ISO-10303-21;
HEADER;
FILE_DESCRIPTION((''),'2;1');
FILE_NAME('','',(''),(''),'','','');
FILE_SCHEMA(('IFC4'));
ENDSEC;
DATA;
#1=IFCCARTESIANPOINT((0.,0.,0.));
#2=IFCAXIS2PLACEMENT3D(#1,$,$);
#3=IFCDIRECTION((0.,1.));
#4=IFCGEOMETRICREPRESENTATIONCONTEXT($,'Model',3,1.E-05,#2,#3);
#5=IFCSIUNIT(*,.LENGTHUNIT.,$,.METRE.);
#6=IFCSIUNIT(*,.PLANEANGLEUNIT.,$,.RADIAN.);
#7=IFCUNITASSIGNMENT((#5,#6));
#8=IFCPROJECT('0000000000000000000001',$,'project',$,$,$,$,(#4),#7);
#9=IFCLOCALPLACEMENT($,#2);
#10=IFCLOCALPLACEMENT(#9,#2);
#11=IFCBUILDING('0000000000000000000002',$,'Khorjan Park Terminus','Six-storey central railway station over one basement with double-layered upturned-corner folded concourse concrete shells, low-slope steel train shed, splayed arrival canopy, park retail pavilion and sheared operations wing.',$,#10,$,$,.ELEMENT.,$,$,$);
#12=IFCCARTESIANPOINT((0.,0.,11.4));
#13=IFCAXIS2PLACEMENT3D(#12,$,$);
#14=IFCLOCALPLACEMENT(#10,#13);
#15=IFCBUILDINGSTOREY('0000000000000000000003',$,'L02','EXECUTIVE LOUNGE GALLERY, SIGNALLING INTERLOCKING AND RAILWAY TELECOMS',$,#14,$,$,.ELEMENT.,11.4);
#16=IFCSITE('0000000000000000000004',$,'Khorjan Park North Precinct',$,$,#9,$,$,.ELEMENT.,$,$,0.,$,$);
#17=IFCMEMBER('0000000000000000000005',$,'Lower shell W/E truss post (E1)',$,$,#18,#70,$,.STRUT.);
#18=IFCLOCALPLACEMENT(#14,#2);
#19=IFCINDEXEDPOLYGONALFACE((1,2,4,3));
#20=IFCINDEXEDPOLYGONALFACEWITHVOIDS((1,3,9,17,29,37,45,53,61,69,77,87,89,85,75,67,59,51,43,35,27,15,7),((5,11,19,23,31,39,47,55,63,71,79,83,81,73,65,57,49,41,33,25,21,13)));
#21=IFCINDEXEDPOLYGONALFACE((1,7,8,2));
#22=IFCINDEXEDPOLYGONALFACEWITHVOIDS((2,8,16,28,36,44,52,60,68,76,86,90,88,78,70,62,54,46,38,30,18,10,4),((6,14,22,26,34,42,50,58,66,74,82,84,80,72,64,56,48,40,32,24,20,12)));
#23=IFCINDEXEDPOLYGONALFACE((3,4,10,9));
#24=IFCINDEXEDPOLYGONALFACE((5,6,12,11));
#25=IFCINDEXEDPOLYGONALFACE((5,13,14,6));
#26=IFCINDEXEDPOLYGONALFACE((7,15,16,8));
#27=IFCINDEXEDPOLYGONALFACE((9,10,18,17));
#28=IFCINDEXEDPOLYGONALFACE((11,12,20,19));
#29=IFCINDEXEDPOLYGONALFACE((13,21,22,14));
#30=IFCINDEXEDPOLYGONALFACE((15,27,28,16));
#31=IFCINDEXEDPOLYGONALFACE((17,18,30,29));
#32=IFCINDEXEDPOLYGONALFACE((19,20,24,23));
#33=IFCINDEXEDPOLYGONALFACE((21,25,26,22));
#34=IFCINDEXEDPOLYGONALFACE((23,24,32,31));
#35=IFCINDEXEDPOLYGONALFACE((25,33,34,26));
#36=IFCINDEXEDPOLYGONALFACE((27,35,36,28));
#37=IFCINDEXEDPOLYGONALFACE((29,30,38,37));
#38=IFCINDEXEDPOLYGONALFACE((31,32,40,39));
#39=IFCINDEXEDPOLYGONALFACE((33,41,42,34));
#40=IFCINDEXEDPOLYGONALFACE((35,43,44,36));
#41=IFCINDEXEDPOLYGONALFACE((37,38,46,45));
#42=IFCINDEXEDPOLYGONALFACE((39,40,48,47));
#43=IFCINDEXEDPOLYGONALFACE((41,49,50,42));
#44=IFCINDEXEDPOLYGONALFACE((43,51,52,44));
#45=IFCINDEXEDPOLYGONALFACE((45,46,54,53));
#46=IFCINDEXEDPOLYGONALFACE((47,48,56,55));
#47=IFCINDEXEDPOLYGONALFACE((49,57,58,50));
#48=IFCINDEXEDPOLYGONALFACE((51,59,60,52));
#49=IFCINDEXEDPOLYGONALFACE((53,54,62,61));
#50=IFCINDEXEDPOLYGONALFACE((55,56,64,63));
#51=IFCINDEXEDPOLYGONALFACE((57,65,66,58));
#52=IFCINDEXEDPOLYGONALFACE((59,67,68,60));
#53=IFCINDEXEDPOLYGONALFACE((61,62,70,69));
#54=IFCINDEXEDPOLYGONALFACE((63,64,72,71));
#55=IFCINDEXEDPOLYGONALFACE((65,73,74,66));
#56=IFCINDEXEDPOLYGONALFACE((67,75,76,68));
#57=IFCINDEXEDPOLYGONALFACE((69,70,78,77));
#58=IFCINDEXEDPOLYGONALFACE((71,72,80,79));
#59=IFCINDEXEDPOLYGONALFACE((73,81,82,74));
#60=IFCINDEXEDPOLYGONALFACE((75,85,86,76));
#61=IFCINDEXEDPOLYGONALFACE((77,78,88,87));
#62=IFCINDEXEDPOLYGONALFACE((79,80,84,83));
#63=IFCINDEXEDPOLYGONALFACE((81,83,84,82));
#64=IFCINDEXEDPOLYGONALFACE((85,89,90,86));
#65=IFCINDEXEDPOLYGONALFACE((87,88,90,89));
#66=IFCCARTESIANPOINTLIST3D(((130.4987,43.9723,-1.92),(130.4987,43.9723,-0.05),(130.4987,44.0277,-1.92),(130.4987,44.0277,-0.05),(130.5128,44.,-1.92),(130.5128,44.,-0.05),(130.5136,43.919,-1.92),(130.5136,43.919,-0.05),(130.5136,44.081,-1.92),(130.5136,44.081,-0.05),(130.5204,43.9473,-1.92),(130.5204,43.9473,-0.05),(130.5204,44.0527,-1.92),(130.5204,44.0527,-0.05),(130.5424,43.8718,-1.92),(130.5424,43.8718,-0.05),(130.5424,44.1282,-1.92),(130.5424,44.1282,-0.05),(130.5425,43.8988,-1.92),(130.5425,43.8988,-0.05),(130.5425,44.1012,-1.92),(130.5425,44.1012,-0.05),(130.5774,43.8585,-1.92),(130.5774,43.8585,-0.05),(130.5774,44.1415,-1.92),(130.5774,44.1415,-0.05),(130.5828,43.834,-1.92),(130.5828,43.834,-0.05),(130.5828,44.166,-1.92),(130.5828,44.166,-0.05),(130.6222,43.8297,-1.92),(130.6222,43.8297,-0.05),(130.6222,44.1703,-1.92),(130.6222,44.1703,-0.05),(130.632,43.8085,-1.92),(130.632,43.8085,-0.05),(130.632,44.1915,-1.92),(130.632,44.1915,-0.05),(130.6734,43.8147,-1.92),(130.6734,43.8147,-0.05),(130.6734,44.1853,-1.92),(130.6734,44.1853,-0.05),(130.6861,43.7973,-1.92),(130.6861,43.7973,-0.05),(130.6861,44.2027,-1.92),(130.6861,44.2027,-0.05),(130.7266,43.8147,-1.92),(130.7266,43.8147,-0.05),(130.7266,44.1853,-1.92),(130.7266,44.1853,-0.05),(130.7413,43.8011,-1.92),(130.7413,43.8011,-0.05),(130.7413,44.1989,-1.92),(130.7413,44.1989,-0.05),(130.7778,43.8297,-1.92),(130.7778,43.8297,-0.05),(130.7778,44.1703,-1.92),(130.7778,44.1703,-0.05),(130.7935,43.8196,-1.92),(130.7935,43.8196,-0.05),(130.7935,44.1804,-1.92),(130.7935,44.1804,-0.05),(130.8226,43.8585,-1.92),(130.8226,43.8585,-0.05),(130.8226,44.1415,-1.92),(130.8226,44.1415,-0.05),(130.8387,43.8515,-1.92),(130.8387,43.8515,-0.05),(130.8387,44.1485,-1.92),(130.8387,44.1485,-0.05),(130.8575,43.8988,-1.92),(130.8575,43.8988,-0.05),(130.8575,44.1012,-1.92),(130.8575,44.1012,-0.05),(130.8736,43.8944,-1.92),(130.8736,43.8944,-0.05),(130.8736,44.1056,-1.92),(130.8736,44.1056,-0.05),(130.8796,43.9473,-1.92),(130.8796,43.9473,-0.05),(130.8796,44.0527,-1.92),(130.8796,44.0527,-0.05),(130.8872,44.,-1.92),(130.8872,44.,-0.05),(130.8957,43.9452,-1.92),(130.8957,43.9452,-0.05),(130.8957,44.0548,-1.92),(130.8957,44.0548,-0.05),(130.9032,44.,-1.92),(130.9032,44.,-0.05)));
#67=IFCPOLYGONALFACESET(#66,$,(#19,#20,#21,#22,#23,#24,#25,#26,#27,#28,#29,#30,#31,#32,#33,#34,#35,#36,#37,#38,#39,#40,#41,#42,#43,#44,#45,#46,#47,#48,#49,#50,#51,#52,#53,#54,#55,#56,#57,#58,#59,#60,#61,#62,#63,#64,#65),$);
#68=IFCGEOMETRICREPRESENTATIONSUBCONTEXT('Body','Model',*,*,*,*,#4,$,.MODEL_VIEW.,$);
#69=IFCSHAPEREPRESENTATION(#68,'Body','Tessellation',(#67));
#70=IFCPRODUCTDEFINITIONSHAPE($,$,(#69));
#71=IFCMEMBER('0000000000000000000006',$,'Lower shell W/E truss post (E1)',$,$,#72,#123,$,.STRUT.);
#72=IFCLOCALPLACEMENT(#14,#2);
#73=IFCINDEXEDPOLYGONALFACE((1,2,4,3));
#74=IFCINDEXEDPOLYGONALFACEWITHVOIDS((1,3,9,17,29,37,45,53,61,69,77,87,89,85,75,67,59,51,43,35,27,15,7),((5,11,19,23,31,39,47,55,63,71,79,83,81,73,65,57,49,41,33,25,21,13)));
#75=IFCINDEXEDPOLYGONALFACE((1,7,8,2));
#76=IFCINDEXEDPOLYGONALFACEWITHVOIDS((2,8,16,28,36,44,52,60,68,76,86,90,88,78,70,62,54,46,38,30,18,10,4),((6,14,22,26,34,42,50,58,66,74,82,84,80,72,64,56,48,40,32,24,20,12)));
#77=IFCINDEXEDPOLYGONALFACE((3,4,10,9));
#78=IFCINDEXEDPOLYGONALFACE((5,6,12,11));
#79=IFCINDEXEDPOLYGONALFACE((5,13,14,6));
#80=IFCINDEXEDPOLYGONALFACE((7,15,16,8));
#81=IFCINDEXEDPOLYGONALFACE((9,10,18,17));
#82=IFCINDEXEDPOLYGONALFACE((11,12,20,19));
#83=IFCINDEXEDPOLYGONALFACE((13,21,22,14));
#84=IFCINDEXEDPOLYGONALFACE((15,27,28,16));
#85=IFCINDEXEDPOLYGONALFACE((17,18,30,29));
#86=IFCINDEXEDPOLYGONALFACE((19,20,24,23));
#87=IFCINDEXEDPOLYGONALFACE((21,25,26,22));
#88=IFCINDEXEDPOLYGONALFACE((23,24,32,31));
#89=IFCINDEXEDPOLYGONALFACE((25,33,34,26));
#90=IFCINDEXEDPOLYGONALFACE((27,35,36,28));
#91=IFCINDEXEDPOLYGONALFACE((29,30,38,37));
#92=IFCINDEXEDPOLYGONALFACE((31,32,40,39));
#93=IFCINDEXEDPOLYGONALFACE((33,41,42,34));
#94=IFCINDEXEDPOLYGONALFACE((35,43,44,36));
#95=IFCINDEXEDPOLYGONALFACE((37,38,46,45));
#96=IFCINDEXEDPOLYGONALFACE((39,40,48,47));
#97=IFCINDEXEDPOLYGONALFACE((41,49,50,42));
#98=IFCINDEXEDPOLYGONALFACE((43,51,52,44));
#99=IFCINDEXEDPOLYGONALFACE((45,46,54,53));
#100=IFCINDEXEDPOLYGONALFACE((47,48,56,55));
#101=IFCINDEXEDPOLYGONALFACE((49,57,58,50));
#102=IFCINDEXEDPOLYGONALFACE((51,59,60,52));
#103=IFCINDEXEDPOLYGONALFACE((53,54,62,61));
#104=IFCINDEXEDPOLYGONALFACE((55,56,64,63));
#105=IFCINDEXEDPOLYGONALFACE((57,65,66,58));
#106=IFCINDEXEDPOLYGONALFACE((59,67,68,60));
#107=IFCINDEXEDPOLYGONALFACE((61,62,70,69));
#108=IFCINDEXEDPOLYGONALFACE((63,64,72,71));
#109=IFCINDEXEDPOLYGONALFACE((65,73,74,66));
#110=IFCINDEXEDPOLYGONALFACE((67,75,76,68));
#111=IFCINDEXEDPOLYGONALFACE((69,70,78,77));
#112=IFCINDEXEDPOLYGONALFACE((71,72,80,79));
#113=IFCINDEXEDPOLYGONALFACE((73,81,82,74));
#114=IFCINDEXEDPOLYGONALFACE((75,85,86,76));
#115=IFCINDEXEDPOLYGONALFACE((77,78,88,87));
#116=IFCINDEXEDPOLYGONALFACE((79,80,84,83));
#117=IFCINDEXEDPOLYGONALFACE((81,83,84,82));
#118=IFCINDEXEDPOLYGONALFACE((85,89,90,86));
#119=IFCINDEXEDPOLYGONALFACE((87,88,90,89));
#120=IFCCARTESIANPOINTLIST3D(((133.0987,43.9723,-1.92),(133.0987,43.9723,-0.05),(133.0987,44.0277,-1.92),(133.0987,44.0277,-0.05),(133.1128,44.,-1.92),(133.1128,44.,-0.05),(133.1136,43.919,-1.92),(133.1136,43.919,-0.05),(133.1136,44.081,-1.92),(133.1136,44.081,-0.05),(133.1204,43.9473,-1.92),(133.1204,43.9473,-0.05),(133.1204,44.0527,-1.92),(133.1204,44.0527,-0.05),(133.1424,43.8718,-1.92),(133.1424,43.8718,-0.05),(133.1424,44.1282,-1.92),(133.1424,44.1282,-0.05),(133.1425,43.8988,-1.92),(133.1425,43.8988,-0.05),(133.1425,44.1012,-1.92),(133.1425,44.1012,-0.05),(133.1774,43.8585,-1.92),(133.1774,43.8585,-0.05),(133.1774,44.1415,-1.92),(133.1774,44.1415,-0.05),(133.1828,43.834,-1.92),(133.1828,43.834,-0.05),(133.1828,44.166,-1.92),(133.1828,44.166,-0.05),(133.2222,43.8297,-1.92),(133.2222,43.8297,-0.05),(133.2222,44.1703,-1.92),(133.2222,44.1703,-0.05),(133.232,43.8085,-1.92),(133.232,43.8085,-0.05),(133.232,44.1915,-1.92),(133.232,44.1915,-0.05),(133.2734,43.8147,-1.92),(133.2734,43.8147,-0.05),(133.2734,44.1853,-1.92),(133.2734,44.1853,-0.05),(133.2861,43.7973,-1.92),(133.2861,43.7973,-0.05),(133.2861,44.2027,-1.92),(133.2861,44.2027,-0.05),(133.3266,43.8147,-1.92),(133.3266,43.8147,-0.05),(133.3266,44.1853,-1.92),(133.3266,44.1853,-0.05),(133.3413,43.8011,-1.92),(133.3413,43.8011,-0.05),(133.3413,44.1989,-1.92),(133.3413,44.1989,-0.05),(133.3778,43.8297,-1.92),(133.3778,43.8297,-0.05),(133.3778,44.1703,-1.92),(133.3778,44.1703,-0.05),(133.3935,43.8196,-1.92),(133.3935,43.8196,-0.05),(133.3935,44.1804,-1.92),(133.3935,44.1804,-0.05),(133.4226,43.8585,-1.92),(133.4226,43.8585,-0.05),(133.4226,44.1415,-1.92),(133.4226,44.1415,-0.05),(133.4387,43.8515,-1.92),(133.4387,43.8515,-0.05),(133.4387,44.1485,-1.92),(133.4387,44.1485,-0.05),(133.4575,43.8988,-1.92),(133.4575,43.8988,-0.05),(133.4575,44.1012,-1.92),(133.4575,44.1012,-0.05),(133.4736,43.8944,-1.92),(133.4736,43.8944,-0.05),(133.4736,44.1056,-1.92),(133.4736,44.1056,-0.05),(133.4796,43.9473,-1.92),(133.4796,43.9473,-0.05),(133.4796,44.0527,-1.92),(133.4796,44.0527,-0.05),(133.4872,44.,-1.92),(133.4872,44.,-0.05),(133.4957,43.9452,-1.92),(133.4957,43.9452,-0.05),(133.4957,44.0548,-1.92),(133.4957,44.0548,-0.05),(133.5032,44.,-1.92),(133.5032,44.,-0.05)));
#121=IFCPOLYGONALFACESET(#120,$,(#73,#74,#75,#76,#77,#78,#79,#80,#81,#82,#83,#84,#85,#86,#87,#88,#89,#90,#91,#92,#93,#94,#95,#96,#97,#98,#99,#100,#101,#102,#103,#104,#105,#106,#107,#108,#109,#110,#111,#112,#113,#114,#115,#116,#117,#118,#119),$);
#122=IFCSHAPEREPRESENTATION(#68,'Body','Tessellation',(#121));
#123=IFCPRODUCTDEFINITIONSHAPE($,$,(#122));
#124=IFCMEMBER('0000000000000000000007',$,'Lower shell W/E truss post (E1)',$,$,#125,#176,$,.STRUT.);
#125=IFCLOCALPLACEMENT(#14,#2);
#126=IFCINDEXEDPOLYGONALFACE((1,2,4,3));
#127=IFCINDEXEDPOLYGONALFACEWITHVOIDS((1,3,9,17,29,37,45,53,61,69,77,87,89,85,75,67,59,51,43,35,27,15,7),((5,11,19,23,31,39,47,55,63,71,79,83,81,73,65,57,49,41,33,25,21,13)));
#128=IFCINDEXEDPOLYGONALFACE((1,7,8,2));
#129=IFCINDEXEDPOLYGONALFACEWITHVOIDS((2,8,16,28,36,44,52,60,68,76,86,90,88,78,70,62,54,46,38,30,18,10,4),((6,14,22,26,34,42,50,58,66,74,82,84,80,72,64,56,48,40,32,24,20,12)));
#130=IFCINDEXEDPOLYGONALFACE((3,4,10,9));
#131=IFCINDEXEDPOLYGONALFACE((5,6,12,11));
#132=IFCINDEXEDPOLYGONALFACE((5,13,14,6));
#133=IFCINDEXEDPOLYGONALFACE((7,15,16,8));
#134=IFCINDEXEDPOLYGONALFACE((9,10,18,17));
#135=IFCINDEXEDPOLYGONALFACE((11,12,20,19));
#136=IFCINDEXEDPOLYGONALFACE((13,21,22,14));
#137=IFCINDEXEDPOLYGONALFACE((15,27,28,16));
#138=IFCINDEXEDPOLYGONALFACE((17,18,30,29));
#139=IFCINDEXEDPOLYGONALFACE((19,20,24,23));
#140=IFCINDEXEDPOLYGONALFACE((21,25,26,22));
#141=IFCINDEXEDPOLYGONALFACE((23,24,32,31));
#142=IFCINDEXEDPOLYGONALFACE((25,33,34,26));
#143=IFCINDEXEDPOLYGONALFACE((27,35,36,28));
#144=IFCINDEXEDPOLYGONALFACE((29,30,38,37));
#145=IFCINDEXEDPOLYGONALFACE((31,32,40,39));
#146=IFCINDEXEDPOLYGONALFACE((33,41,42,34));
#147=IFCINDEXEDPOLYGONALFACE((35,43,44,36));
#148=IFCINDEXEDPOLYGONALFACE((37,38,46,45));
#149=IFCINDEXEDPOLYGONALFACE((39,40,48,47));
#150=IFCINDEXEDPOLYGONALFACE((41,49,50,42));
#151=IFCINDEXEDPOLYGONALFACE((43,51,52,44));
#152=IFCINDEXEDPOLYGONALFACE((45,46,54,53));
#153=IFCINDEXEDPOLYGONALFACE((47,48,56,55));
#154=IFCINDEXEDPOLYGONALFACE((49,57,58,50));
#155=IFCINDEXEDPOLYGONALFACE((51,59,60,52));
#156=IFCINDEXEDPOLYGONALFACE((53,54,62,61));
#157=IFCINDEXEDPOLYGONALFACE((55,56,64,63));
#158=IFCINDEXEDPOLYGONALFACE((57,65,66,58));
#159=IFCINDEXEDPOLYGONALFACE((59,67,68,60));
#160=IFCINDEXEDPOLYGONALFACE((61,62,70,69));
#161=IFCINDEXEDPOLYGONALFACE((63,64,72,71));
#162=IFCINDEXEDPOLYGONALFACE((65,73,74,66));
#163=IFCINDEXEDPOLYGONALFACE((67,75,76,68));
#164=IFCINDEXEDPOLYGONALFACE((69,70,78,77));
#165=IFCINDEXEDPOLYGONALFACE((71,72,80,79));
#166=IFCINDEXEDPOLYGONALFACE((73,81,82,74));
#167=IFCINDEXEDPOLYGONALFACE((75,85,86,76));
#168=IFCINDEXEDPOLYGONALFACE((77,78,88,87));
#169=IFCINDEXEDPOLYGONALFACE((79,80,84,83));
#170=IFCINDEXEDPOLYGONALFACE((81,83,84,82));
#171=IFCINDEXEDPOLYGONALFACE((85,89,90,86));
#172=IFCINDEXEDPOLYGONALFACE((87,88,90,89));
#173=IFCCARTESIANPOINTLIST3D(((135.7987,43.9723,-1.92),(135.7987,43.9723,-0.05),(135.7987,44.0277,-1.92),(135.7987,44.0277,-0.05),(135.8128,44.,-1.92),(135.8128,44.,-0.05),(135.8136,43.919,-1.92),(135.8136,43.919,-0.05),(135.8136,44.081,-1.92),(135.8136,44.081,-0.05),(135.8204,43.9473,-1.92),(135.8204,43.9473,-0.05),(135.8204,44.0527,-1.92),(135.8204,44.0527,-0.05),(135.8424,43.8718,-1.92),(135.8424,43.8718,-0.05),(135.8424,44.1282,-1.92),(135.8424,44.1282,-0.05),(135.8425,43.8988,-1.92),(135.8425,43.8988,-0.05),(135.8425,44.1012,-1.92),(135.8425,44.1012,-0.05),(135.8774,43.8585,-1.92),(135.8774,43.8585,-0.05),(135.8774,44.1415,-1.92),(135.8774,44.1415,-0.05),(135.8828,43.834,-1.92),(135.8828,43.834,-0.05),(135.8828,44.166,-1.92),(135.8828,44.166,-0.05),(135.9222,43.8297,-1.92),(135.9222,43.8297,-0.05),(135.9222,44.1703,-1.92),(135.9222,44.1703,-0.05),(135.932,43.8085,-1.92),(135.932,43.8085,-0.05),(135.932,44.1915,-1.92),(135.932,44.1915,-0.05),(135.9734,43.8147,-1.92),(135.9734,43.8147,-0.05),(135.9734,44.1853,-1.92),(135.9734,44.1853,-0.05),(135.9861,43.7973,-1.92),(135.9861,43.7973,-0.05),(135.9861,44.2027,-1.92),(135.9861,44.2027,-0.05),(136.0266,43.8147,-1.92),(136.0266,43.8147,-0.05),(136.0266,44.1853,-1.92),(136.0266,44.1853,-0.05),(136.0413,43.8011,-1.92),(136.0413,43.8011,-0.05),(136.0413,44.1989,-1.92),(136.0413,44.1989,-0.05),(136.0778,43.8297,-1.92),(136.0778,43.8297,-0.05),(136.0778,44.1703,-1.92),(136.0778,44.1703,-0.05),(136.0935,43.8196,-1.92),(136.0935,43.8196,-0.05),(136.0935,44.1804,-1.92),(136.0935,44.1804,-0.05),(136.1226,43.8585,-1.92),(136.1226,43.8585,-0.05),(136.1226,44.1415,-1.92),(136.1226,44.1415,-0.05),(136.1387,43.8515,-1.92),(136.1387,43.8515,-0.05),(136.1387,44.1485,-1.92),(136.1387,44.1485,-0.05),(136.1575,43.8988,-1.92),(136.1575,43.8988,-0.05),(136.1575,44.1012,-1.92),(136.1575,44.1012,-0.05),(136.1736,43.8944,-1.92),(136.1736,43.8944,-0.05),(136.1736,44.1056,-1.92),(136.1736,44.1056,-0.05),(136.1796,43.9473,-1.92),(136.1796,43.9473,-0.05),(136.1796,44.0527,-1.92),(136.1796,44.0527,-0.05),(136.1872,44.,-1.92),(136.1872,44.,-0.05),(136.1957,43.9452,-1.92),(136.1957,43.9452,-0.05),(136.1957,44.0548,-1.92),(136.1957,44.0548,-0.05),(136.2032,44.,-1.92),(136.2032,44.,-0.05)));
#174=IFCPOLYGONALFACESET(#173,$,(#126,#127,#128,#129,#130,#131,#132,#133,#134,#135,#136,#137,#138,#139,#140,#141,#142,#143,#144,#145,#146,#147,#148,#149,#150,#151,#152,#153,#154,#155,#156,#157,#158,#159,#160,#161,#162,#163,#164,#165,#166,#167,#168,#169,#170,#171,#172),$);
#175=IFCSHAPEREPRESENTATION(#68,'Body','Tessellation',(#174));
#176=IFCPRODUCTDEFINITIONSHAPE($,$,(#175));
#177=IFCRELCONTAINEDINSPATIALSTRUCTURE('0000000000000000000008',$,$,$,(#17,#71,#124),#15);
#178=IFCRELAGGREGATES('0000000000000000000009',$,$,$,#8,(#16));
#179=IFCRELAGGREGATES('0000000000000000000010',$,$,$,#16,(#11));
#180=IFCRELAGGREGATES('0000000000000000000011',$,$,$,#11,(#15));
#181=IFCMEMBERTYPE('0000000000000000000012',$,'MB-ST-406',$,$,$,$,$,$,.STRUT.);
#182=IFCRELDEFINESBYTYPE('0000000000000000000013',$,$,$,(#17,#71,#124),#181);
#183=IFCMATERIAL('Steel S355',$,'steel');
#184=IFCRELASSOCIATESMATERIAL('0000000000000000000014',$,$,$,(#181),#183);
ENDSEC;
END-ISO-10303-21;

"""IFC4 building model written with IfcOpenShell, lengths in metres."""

from ifc_helpers import new_model, si_unit, direction, frame, origin, origin_2d, place, context, subcontext, project, spatial, hollow_circle, extrude, material, material_profile, profile_set, type_object, element, save


model = new_model("IFC4")

# Units and contexts
model_context = context("Model", 3, precision=1e-05, world=origin(), true_north=direction((0.0, 1.0)))
body_context = subcontext(model_context, "Body", "Model", "MODEL_VIEW")
ifc_project = project(units=[si_unit("LENGTHUNIT", "METRE"), si_unit("PLANEANGLEUNIT", "RADIAN")], contexts=[model_context])

# Site, building, storey
site_placement = place(None, origin())
site = spatial("IfcSite", under=ifc_project, at=site_placement, Name="Khorjan Park North Precinct", CompositionType="ELEMENT", RefElevation=0.0)
building_placement = place(site_placement, origin())
building = spatial("IfcBuilding", under=site, at=building_placement, Name="Khorjan Park Terminus", Description="Six-storey central railway station over one basement with double-layered upturned-corner folded concourse concrete shells, low-slope steel train shed, splayed arrival canopy, park retail pavilion and sheared operations wing.", CompositionType="ELEMENT")
storey_placement = place(building_placement, frame((0.0, 0.0, 11.4)))
storey = spatial("IfcBuildingStorey", under=building, at=storey_placement, Name="L02", Description="EXECUTIVE LOUNGE GALLERY, SIGNALLING INTERLOCKING AND RAILWAY TELECOMS", CompositionType="ELEMENT", Elevation=11.4)

# Members
ifc_material_1 = material(Name="Steel S355", Category="steel")
ifc_material_profile_1 = material_profile(ifc_material_1, hollow_circle(Radius=0.2032, WallThickness=0.016, at=origin_2d()), Name="CHS 406.4x16")
ifc_profile_set_1 = profile_set([ifc_material_profile_1], Name="Steel S355")
member_type_1 = type_object("IfcMemberType", Name="MB-ST-406", PredefinedType="STRUT", material=ifc_profile_set_1)
for number, where, z_axis, x_axis, name in (
    (1, (130.7, 44.0, -1.92), (0.0, 0.0, 1.0), (1.0, 0.0, 0.0), "Lower shell W/E truss post (E1)"),
    (2, (133.3, 44.0, -1.92), (0.0, 0.0, 1.0), (1.0, 0.0, 0.0), "Lower shell W/E truss post (E1)"),
    (3, (136.0, 44.0, -1.92), (0.0, 0.0, 1.0), (1.0, 0.0, 0.0), "Lower shell W/E truss post (E1)"),
):
    element("IfcMember", number, at=place(storey_placement, frame(where, z_axis=z_axis, x_axis=x_axis)), inside=storey, type_object=member_type_1, Name=name, PredefinedType="STRUT", context=body_context, shape_type="SweptSolid", body=[
        extrude(hollow_circle(Radius=0.2032, WallThickness=0.016, at=origin_2d()), origin(), (0.0, 0.0, 1.0), 1.87),
    ])

save(model, "model.ifc")
